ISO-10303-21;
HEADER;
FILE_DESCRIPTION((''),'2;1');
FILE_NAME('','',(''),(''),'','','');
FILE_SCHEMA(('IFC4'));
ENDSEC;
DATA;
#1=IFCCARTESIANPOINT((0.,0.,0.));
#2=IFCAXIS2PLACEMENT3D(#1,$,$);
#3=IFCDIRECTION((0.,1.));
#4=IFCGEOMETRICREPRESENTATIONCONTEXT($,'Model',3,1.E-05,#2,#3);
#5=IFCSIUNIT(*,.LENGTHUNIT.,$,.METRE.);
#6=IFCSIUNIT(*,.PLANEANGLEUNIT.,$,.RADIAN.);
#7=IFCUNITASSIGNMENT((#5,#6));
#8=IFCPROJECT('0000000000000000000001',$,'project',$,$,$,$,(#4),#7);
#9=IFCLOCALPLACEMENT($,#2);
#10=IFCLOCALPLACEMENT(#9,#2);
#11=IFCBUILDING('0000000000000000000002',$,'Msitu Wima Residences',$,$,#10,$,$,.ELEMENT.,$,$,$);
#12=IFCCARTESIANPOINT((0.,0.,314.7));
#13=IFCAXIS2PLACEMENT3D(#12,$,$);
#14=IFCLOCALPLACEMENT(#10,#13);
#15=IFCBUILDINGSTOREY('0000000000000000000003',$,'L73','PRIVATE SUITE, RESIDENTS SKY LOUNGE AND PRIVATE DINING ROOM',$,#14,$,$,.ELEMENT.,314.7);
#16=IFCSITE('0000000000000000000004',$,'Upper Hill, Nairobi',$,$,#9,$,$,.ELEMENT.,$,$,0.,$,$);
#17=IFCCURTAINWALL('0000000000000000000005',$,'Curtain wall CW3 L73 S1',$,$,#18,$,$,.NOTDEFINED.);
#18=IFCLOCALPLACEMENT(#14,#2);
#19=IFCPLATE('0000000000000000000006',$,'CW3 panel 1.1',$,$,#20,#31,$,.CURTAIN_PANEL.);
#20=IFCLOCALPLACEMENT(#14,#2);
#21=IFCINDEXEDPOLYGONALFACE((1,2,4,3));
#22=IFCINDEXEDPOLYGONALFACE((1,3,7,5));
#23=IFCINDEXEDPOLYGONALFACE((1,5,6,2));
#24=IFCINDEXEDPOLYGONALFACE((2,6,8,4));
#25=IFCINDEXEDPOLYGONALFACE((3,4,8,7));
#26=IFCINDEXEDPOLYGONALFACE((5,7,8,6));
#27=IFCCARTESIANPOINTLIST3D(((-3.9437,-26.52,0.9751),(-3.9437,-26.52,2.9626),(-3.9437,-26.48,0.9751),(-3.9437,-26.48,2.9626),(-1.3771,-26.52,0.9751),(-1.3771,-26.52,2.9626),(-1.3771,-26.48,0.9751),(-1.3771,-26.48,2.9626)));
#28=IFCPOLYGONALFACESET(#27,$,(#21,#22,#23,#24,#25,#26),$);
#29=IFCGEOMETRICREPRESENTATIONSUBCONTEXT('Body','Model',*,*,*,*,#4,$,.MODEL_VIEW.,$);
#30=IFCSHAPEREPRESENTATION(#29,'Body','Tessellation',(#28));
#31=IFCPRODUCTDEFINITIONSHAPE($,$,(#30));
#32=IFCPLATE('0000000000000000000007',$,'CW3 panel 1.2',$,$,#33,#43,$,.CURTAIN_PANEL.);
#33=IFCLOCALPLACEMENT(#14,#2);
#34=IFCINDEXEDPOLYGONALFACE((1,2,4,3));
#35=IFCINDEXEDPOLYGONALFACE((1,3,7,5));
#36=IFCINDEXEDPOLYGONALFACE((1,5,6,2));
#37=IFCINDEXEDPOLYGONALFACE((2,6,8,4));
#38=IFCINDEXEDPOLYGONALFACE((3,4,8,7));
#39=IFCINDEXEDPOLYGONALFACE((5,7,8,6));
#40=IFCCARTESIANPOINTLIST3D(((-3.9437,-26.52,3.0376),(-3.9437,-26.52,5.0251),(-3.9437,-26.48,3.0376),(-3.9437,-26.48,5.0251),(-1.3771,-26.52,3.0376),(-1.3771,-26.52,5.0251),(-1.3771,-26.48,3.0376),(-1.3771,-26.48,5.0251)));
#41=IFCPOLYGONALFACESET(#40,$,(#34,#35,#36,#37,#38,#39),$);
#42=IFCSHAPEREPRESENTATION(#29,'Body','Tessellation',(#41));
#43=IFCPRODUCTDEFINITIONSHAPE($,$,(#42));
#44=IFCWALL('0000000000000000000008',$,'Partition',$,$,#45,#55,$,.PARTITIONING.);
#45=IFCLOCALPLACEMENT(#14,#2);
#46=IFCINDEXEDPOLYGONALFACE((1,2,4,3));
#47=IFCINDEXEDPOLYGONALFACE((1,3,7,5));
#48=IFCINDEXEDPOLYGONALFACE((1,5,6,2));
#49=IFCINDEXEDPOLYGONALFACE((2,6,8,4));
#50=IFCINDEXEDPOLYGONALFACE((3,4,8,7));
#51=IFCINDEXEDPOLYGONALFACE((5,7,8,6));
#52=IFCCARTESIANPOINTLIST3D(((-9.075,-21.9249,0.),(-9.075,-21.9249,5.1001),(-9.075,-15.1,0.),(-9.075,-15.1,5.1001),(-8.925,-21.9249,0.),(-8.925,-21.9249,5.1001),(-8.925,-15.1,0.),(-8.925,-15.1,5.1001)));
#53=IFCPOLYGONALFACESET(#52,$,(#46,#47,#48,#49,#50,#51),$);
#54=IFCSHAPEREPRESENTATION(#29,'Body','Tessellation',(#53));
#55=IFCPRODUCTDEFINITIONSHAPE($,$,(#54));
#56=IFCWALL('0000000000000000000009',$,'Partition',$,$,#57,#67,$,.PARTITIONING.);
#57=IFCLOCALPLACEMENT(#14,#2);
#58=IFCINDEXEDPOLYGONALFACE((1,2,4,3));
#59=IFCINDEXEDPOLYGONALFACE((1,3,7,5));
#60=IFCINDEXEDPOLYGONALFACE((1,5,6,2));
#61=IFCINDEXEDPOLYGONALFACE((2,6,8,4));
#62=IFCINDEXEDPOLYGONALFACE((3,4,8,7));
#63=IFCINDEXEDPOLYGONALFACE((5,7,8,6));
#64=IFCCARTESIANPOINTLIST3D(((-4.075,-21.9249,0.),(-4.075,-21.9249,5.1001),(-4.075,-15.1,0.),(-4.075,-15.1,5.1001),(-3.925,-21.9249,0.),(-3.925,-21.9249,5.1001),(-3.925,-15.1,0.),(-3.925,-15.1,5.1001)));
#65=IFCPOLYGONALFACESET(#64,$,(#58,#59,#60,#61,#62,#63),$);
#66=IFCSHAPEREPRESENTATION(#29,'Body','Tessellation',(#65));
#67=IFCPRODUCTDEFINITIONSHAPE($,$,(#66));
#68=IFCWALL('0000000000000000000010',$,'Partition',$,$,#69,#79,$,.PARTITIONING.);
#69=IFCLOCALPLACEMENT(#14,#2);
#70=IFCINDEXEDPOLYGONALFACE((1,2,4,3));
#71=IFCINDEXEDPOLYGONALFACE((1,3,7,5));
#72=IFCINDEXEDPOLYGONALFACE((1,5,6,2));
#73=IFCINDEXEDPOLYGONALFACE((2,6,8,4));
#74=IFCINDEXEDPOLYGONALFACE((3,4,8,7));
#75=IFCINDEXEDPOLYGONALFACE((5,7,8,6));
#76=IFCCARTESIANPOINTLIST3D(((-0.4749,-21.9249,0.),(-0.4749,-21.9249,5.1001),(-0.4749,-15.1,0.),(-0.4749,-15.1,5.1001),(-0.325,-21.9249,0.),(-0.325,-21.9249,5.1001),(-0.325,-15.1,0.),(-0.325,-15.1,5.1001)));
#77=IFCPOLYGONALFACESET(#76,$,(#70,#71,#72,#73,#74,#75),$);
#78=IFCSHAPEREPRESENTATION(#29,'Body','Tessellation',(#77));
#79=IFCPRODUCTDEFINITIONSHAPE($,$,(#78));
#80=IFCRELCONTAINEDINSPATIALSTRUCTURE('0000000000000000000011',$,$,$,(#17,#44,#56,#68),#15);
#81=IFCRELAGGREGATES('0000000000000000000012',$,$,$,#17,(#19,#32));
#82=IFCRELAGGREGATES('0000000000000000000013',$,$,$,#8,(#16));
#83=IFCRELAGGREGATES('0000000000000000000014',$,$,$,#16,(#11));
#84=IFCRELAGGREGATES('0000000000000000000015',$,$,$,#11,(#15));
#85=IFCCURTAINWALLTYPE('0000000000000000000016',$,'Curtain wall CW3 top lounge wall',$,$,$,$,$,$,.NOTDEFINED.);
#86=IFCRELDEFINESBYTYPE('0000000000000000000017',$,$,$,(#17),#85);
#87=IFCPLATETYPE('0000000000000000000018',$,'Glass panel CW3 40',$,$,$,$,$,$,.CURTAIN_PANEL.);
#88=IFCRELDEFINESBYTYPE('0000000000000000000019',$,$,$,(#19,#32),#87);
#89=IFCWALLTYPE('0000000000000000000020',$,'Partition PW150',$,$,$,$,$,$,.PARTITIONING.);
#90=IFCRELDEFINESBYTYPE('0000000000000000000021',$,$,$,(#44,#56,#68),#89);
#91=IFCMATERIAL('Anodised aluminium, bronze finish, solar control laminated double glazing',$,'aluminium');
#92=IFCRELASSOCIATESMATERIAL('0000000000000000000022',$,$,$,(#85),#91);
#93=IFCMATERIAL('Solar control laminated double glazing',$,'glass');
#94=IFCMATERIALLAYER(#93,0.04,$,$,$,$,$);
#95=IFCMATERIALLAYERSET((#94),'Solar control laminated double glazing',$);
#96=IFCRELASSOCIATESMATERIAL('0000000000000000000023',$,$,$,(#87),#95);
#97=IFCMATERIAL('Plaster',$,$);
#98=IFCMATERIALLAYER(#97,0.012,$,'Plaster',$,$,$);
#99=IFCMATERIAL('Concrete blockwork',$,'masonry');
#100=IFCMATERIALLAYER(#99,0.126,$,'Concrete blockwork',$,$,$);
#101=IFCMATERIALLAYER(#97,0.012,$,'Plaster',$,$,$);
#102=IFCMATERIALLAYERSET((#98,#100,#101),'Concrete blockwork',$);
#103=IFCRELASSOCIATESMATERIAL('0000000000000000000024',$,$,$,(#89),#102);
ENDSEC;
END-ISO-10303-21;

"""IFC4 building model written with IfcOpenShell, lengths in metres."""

from ifc_helpers import new_model, si_unit, direction, frame, frame_2d, origin, origin_2d, place, context, subcontext, project, spatial, rectangle, extrude, material, layer, layer_set, type_object, element, aggregate, save


model = new_model("IFC4")

# Units and contexts
model_context = context("Model", 3, precision=1e-05, world=origin(), true_north=direction((0.0, 1.0)))
body_context = subcontext(model_context, "Body", "Model", "MODEL_VIEW")
ifc_project = project(units=[si_unit("LENGTHUNIT", "METRE"), si_unit("PLANEANGLEUNIT", "RADIAN")], contexts=[model_context])

# Site, building, storey
site_placement = place(None, origin())
site = spatial("IfcSite", under=ifc_project, at=site_placement, Name="Upper Hill, Nairobi", CompositionType="ELEMENT", RefElevation=0.0)
building_placement = place(site_placement, origin())
building = spatial("IfcBuilding", under=site, at=building_placement, Name="Msitu Wima Residences", CompositionType="ELEMENT")
storey_placement = place(building_placement, frame((0.0, 0.0, 314.7)))
storey = spatial("IfcBuildingStorey", under=building, at=storey_placement, Name="L73", Description="PRIVATE SUITE, RESIDENTS SKY LOUNGE AND PRIVATE DINING ROOM", CompositionType="ELEMENT", Elevation=314.7)

# Curtain wall
ifc_material_1 = material(Name="Anodised aluminium, bronze finish, solar control laminated double glazing", Category="aluminium")
curtain_wall_type = type_object("IfcCurtainWallType", Name="Curtain wall CW3 top lounge wall", PredefinedType="NOTDEFINED", material=ifc_material_1)
curtain_wall_1_placement = place(storey_placement, origin())
curtain_wall_1 = element("IfcCurtainWall", 1, at=curtain_wall_1_placement, inside=storey, type_object=curtain_wall_type, Name="Curtain wall CW3 L73 S1", PredefinedType="NOTDEFINED")

# Plates
ifc_material_2 = material(Name="Solar control laminated double glazing", Category="glass")
ifc_layer_1 = layer(ifc_material_2, 0.04)
ifc_layer_set_1 = layer_set([ifc_layer_1], Name="Solar control laminated double glazing")
plate_type = type_object("IfcPlateType", Name="Glass panel CW3 40", PredefinedType="CURTAIN_PANEL", material=ifc_layer_set_1)
plate_1_placement = place(storey_placement, frame((-2.6604, -26.5, 0.9751), z_axis=(0.0, 0.0, 1.0), x_axis=(1.0, 0.0, 0.0)))
plate_1 = element("IfcPlate", 2, at=plate_1_placement, type_object=plate_type, Name="CW3 panel 1.1", PredefinedType="CURTAIN_PANEL", context=body_context, shape_type="SweptSolid", body=[
    extrude(rectangle(XDim=2.5667, YDim=0.04, at=origin_2d()), origin(), (0.0, 0.0, 1.0), 1.9875),
])
plate_2_placement = place(storey_placement, frame((-2.6604, -26.5, 3.0376), z_axis=(0.0, 0.0, 1.0), x_axis=(1.0, 0.0, 0.0)))
plate_2 = element("IfcPlate", 3, at=plate_2_placement, type_object=plate_type, Name="CW3 panel 1.2", PredefinedType="CURTAIN_PANEL", context=body_context, shape_type="SweptSolid", body=[
    extrude(rectangle(XDim=2.5667, YDim=0.04, at=origin_2d()), origin(), (0.0, 0.0, 1.0), 1.9875),
])
aggregate(curtain_wall_1, [plate_1, plate_2])

# Walls
ifc_material_3 = material(Name="Plaster")
ifc_layer_2 = layer(ifc_material_3, 0.012, Name="Plaster")
ifc_material_4 = material(Name="Concrete blockwork", Category="masonry")
ifc_layer_3 = layer(ifc_material_4, 0.126, Name="Concrete blockwork")
ifc_layer_4 = layer(ifc_material_3, 0.012, Name="Plaster")
ifc_layer_set_2 = layer_set([ifc_layer_2, ifc_layer_3, ifc_layer_4], Name="Concrete blockwork")
wall_type = type_object("IfcWallType", Name="Partition PW150", PredefinedType="PARTITIONING", material=ifc_layer_set_2)
for number, where, z_axis, x_axis, name in (
    (4, (-9.0, -21.925, 0.0), (0.0, 0.0, 1.0), (0.0, 1.0, 0.0), "Partition"),
    (5, (-4.0, -21.925, 0.0), (0.0, 0.0, 1.0), (0.0, 1.0, 0.0), "Partition"),
    (6, (-0.3999, -21.925, 0.0), (0.0, 0.0, 1.0), (0.0, 1.0, 0.0), "Partition"),
):
    element("IfcWall", number, at=place(storey_placement, frame(where, z_axis=z_axis, x_axis=x_axis)), inside=storey, type_object=wall_type, Name=name, PredefinedType="PARTITIONING", context=body_context, shape_type="SweptSolid", body=[
        extrude(rectangle(XDim=6.825, YDim=0.1499, at=frame_2d((3.4126, 0.0))), origin(), (0.0, 0.0, 1.0), 5.1001),
    ])

save(model, "model.ifc")
